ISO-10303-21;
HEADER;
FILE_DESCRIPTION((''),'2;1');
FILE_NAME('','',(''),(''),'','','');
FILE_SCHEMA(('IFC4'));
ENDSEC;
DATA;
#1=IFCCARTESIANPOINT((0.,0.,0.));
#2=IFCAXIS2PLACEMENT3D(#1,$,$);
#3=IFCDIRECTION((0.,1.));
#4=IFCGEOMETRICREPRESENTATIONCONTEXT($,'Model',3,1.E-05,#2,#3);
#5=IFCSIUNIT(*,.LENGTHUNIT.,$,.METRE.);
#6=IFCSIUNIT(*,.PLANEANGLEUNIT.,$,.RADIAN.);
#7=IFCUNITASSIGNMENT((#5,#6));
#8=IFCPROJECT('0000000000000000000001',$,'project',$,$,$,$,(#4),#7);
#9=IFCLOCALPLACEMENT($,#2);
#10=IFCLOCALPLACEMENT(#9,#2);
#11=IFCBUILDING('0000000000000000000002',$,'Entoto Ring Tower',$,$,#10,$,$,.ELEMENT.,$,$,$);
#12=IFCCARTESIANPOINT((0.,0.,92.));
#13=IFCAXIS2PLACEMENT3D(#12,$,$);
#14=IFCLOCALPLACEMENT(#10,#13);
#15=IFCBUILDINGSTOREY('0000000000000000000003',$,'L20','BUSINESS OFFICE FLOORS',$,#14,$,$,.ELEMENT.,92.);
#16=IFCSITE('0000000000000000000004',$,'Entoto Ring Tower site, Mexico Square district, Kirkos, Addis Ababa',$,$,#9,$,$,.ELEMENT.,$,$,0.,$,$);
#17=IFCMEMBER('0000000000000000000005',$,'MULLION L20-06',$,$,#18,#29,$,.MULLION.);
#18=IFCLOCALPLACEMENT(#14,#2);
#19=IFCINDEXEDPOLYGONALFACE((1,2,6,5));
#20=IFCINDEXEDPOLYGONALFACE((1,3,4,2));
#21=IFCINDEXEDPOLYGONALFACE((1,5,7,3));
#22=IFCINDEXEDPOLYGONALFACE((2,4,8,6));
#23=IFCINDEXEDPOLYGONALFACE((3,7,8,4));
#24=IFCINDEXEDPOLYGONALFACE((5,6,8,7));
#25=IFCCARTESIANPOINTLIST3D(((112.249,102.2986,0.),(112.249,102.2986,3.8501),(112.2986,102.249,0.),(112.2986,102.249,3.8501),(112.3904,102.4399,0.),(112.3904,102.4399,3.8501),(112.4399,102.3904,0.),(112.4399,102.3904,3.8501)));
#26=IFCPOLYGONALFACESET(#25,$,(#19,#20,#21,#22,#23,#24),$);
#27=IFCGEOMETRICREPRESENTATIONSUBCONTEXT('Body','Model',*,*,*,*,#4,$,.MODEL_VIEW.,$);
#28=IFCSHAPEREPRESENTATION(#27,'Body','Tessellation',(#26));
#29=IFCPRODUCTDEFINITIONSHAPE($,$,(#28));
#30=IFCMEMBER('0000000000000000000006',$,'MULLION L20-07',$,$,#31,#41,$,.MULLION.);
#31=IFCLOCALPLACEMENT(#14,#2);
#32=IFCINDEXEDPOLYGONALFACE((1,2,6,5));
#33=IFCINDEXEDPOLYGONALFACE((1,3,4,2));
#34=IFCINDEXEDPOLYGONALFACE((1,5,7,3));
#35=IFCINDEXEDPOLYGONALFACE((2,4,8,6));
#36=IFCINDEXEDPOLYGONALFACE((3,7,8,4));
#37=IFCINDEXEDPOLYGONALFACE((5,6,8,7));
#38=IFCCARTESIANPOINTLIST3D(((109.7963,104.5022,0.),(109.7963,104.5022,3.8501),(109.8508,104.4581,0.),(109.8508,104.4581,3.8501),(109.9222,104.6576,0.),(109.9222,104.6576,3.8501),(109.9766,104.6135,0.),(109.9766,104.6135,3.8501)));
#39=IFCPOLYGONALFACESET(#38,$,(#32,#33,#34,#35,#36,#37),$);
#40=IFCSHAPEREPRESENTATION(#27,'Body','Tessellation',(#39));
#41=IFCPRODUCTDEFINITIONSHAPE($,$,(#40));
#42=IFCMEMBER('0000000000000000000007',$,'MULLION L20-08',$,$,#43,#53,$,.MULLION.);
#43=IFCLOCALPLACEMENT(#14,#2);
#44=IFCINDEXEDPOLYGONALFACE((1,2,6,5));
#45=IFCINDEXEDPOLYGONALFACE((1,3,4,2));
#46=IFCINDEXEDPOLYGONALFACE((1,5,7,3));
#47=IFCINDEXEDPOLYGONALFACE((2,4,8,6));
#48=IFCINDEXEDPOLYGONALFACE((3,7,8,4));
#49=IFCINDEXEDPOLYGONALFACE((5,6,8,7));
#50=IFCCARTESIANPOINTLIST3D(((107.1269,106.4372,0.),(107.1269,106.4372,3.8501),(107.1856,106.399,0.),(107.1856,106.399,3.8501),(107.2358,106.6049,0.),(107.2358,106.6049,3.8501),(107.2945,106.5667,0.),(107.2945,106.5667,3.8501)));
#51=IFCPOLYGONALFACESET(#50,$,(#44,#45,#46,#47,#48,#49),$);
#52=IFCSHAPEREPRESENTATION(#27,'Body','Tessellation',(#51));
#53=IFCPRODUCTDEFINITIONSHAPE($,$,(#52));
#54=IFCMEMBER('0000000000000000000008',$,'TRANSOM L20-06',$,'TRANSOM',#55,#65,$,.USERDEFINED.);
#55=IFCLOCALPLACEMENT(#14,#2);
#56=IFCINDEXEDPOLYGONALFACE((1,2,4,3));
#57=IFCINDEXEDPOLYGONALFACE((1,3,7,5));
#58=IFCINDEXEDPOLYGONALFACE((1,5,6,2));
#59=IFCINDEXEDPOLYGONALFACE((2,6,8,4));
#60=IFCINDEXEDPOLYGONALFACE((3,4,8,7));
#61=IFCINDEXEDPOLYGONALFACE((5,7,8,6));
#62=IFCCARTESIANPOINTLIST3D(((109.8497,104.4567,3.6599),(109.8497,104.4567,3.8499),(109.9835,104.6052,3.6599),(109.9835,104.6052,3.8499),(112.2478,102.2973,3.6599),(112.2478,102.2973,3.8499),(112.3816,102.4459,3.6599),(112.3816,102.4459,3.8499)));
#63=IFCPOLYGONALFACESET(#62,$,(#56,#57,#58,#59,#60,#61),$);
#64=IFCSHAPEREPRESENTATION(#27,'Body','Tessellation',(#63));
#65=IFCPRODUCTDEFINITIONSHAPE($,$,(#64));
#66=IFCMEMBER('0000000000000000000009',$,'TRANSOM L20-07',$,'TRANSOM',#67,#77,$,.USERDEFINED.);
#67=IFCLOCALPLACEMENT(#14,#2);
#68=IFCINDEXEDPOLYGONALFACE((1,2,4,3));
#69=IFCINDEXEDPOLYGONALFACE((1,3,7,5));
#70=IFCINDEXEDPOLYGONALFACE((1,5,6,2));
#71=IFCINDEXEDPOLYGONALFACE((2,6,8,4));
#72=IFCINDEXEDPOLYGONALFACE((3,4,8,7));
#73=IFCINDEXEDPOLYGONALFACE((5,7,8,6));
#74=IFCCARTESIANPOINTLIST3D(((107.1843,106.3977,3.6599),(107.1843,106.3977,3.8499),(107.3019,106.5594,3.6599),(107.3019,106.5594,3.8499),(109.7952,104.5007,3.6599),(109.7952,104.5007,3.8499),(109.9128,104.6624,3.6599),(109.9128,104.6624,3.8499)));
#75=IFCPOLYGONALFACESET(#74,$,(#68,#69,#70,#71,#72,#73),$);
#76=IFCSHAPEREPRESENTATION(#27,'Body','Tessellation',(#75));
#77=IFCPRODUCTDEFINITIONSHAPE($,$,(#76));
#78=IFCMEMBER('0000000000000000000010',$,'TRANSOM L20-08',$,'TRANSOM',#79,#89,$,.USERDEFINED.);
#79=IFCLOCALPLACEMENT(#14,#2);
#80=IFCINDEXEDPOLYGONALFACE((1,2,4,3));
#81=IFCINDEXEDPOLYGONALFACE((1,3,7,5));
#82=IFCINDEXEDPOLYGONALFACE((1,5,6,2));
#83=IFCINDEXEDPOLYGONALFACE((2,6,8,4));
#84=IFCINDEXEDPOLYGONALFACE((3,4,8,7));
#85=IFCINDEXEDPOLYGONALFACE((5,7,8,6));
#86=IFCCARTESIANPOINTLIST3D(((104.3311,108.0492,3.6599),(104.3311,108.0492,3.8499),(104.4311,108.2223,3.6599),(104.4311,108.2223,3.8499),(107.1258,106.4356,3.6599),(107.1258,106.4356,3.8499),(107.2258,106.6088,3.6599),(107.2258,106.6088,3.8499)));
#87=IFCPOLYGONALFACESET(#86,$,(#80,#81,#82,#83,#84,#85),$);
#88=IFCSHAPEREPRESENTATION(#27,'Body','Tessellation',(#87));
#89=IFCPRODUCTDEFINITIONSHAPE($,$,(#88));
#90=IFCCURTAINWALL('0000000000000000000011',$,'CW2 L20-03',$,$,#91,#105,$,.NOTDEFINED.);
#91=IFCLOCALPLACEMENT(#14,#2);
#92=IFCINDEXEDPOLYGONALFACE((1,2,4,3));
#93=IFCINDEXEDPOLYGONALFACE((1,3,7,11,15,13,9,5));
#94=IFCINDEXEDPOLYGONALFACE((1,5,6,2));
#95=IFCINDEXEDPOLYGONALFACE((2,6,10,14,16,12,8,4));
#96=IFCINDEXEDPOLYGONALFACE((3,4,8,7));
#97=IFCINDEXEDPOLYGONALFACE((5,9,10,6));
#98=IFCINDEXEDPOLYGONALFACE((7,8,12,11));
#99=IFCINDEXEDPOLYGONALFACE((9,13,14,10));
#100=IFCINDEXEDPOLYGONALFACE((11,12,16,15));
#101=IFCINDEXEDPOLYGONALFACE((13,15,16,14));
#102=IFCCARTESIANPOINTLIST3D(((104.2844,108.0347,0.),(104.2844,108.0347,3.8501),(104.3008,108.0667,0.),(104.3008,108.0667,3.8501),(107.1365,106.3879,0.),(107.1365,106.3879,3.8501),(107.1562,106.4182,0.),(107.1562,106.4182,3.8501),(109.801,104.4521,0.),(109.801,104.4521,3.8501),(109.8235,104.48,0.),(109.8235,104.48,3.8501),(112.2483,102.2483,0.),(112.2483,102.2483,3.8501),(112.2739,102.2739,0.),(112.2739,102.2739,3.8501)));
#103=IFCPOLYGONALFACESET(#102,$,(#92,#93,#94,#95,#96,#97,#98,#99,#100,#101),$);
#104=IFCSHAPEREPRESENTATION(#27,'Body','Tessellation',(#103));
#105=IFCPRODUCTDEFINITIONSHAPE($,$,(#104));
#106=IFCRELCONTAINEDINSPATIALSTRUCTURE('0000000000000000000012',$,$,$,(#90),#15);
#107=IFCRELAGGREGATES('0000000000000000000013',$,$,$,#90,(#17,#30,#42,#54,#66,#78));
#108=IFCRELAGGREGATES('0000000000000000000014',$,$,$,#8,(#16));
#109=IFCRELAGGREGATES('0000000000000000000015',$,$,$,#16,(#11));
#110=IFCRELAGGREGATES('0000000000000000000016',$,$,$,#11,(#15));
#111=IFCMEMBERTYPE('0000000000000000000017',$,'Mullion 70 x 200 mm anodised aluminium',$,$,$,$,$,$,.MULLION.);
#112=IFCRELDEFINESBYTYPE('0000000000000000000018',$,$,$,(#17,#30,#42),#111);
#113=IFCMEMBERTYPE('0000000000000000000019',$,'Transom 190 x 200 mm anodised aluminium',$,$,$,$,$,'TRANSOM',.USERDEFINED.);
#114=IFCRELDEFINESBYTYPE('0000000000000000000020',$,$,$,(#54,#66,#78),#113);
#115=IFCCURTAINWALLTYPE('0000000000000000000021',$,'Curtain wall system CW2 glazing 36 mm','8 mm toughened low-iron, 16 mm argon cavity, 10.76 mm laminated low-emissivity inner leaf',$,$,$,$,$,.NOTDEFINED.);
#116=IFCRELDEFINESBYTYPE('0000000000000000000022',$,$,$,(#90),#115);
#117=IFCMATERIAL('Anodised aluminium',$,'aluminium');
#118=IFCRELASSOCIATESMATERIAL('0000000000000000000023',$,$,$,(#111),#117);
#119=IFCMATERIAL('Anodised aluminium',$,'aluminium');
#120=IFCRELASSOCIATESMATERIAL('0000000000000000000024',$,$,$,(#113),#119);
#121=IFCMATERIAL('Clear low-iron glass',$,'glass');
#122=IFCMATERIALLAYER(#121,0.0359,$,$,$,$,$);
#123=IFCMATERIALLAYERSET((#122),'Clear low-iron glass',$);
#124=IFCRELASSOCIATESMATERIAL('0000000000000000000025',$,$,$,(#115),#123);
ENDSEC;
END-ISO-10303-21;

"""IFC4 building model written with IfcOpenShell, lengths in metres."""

from ifc_helpers import new_model, si_unit, direction, frame, origin, origin_2d, place, context, subcontext, project, spatial, polyline, rectangle, outline, extrude, material, layer, layer_set, material_profile, profile_set, type_object, element, aggregate, save


model = new_model("IFC4")

# Units and contexts
model_context = context("Model", 3, precision=1e-05, world=origin(), true_north=direction((0.0, 1.0)))
body_context = subcontext(model_context, "Body", "Model", "MODEL_VIEW")
ifc_project = project(units=[si_unit("LENGTHUNIT", "METRE"), si_unit("PLANEANGLEUNIT", "RADIAN")], contexts=[model_context])

# Members
ifc_material_1 = material(Name="Anodised aluminium", Category="aluminium")
ifc_material_profile_1 = material_profile(ifc_material_1, rectangle(XDim=0.0701, YDim=0.2, at=origin_2d()), Name="Mullion 70 x 200 mm anodised aluminium")
ifc_profile_set_1 = profile_set([ifc_material_profile_1], Name="Anodised aluminium")
member_type_1 = type_object("IfcMemberType", Name="Mullion 70 x 200 mm anodised aluminium", PredefinedType="MULLION", material=ifc_profile_set_1)
site_placement = place(None, origin())
building_placement = place(site_placement, origin())
storey_placement = place(building_placement, frame((0.0, 0.0, 92.0)))
member_1_placement = place(storey_placement, frame((112.3445, 102.3445, 0.0), z_axis=(0.0, 0.0, 1.0), x_axis=(-0.707107, 0.707107, 0.0)))
member_1 = element("IfcMember", 1, at=member_1_placement, type_object=member_type_1, Name="MULLION L20-06", PredefinedType="MULLION", context=body_context, shape_type="SweptSolid", body=[
    extrude(rectangle(XDim=0.0701, YDim=0.2, at=origin_2d()), origin(), (0.0, 0.0, 1.0), 3.8501),
])
member_2_placement = place(storey_placement, frame((109.8865, 104.5579, 0.0), z_axis=(0.0, 0.0, 1.0), x_axis=(-0.777146, 0.62932, 0.0)))
member_2 = element("IfcMember", 2, at=member_2_placement, type_object=member_type_1, Name="MULLION L20-07", PredefinedType="MULLION", context=body_context, shape_type="SweptSolid", body=[
    extrude(rectangle(XDim=0.0701, YDim=0.2, at=origin_2d()), origin(), (0.0, 0.0, 1.0), 3.8501),
])
member_3_placement = place(storey_placement, frame((107.2107, 106.502, 0.0), z_axis=(0.0, 0.0, 1.0), x_axis=(-0.838671, 0.544639, 0.0)))
member_3 = element("IfcMember", 3, at=member_3_placement, type_object=member_type_1, Name="MULLION L20-08", PredefinedType="MULLION", context=body_context, shape_type="SweptSolid", body=[
    extrude(rectangle(XDim=0.0701, YDim=0.2, at=origin_2d()), origin(), (0.0, 0.0, 1.0), 3.8501),
])
ifc_material_2 = material(Name="Anodised aluminium", Category="aluminium")
ifc_material_profile_2 = material_profile(ifc_material_2, rectangle(XDim=0.2, YDim=0.1899, at=origin_2d()), Name="Transom 190 x 200 mm anodised aluminium")
ifc_profile_set_2 = profile_set([ifc_material_profile_2], Name="Anodised aluminium")
member_type_2 = type_object("IfcMemberType", Name="Transom 190 x 200 mm anodised aluminium", ElementType="TRANSOM", PredefinedType="USERDEFINED", material=ifc_profile_set_2)
member_4_placement = place(storey_placement, frame((112.3147, 102.3716, 3.7549), z_axis=(-0.743132, 0.669144, 0.0), x_axis=(-0.669144, -0.743132, 0.0)))
member_4 = element("IfcMember", 4, at=member_4_placement, type_object=member_type_2, Name="TRANSOM L20-06", ObjectType="TRANSOM", PredefinedType="USERDEFINED", context=body_context, shape_type="SweptSolid", body=[
    extrude(rectangle(XDim=0.2, YDim=0.1899, at=origin_2d()), origin(), (0.0, 0.0, 1.0), 3.2271),
])
member_5_placement = place(storey_placement, frame((109.854, 104.5815, 3.7549), z_axis=(-0.809004, 0.587803, 0.0), x_axis=(-0.587803, -0.809004, 0.0)))
member_5 = element("IfcMember", 5, at=member_5_placement, type_object=member_type_2, Name="TRANSOM L20-07", ObjectType="TRANSOM", PredefinedType="USERDEFINED", context=body_context, shape_type="SweptSolid", body=[
    extrude(rectangle(XDim=0.2, YDim=0.1899, at=origin_2d()), origin(), (0.0, 0.0, 1.0), 3.2273),
])
member_6_placement = place(storey_placement, frame((107.1758, 106.5222, 3.7549), z_axis=(-0.866023, 0.500004, 0.0), x_axis=(-0.500004, -0.866023, 0.0)))
member_6 = element("IfcMember", 6, at=member_6_placement, type_object=member_type_2, Name="TRANSOM L20-08", ObjectType="TRANSOM", PredefinedType="USERDEFINED", context=body_context, shape_type="SweptSolid", body=[
    extrude(rectangle(XDim=0.2, YDim=0.1899, at=origin_2d()), origin(), (0.0, 0.0, 1.0), 3.2271),
])

# Site, building, storey
site = spatial("IfcSite", under=ifc_project, at=site_placement, Name="Entoto Ring Tower site, Mexico Square district, Kirkos, Addis Ababa", CompositionType="ELEMENT", RefElevation=0.0)
building = spatial("IfcBuilding", under=site, at=building_placement, Name="Entoto Ring Tower", CompositionType="ELEMENT")
storey = spatial("IfcBuildingStorey", under=building, at=storey_placement, Name="L20", Description="BUSINESS OFFICE FLOORS", CompositionType="ELEMENT", Elevation=92.0)

# Curtain wall
ifc_material_3 = material(Name="Clear low-iron glass", Category="glass")
ifc_layer = layer(ifc_material_3, 0.0359)
ifc_layer_set = layer_set([ifc_layer], Name="Clear low-iron glass")
curtain_wall_type = type_object("IfcCurtainWallType", Name="Curtain wall system CW2 glazing 36 mm", Description="8 mm toughened low-iron, 16 mm argon cavity, 10.76 mm laminated low-emissivity inner leaf", PredefinedType="NOTDEFINED", material=ifc_layer_set)
curtain_wall_1_placement = place(storey_placement, origin())
curtain_wall_1 = element("IfcCurtainWall", 7, at=curtain_wall_1_placement, inside=storey, type_object=curtain_wall_type, Name="CW2 L20-03", PredefinedType="NOTDEFINED", context=body_context, shape_type="SweptSolid", body=[
    extrude(outline(polyline([(112.2739, 102.2739), (109.8235, 104.48), (107.1562, 106.4182), (104.3008, 108.0667), (104.2844, 108.0347), (107.1365, 106.3879), (109.801, 104.4521), (112.2483, 102.2483), (112.2739, 102.2739)])), origin(), (0.0, 0.0, 1.0), 3.8501),
])
aggregate(curtain_wall_1, [member_1, member_2, member_3, member_4, member_5, member_6])

save(model, "model.ifc")
